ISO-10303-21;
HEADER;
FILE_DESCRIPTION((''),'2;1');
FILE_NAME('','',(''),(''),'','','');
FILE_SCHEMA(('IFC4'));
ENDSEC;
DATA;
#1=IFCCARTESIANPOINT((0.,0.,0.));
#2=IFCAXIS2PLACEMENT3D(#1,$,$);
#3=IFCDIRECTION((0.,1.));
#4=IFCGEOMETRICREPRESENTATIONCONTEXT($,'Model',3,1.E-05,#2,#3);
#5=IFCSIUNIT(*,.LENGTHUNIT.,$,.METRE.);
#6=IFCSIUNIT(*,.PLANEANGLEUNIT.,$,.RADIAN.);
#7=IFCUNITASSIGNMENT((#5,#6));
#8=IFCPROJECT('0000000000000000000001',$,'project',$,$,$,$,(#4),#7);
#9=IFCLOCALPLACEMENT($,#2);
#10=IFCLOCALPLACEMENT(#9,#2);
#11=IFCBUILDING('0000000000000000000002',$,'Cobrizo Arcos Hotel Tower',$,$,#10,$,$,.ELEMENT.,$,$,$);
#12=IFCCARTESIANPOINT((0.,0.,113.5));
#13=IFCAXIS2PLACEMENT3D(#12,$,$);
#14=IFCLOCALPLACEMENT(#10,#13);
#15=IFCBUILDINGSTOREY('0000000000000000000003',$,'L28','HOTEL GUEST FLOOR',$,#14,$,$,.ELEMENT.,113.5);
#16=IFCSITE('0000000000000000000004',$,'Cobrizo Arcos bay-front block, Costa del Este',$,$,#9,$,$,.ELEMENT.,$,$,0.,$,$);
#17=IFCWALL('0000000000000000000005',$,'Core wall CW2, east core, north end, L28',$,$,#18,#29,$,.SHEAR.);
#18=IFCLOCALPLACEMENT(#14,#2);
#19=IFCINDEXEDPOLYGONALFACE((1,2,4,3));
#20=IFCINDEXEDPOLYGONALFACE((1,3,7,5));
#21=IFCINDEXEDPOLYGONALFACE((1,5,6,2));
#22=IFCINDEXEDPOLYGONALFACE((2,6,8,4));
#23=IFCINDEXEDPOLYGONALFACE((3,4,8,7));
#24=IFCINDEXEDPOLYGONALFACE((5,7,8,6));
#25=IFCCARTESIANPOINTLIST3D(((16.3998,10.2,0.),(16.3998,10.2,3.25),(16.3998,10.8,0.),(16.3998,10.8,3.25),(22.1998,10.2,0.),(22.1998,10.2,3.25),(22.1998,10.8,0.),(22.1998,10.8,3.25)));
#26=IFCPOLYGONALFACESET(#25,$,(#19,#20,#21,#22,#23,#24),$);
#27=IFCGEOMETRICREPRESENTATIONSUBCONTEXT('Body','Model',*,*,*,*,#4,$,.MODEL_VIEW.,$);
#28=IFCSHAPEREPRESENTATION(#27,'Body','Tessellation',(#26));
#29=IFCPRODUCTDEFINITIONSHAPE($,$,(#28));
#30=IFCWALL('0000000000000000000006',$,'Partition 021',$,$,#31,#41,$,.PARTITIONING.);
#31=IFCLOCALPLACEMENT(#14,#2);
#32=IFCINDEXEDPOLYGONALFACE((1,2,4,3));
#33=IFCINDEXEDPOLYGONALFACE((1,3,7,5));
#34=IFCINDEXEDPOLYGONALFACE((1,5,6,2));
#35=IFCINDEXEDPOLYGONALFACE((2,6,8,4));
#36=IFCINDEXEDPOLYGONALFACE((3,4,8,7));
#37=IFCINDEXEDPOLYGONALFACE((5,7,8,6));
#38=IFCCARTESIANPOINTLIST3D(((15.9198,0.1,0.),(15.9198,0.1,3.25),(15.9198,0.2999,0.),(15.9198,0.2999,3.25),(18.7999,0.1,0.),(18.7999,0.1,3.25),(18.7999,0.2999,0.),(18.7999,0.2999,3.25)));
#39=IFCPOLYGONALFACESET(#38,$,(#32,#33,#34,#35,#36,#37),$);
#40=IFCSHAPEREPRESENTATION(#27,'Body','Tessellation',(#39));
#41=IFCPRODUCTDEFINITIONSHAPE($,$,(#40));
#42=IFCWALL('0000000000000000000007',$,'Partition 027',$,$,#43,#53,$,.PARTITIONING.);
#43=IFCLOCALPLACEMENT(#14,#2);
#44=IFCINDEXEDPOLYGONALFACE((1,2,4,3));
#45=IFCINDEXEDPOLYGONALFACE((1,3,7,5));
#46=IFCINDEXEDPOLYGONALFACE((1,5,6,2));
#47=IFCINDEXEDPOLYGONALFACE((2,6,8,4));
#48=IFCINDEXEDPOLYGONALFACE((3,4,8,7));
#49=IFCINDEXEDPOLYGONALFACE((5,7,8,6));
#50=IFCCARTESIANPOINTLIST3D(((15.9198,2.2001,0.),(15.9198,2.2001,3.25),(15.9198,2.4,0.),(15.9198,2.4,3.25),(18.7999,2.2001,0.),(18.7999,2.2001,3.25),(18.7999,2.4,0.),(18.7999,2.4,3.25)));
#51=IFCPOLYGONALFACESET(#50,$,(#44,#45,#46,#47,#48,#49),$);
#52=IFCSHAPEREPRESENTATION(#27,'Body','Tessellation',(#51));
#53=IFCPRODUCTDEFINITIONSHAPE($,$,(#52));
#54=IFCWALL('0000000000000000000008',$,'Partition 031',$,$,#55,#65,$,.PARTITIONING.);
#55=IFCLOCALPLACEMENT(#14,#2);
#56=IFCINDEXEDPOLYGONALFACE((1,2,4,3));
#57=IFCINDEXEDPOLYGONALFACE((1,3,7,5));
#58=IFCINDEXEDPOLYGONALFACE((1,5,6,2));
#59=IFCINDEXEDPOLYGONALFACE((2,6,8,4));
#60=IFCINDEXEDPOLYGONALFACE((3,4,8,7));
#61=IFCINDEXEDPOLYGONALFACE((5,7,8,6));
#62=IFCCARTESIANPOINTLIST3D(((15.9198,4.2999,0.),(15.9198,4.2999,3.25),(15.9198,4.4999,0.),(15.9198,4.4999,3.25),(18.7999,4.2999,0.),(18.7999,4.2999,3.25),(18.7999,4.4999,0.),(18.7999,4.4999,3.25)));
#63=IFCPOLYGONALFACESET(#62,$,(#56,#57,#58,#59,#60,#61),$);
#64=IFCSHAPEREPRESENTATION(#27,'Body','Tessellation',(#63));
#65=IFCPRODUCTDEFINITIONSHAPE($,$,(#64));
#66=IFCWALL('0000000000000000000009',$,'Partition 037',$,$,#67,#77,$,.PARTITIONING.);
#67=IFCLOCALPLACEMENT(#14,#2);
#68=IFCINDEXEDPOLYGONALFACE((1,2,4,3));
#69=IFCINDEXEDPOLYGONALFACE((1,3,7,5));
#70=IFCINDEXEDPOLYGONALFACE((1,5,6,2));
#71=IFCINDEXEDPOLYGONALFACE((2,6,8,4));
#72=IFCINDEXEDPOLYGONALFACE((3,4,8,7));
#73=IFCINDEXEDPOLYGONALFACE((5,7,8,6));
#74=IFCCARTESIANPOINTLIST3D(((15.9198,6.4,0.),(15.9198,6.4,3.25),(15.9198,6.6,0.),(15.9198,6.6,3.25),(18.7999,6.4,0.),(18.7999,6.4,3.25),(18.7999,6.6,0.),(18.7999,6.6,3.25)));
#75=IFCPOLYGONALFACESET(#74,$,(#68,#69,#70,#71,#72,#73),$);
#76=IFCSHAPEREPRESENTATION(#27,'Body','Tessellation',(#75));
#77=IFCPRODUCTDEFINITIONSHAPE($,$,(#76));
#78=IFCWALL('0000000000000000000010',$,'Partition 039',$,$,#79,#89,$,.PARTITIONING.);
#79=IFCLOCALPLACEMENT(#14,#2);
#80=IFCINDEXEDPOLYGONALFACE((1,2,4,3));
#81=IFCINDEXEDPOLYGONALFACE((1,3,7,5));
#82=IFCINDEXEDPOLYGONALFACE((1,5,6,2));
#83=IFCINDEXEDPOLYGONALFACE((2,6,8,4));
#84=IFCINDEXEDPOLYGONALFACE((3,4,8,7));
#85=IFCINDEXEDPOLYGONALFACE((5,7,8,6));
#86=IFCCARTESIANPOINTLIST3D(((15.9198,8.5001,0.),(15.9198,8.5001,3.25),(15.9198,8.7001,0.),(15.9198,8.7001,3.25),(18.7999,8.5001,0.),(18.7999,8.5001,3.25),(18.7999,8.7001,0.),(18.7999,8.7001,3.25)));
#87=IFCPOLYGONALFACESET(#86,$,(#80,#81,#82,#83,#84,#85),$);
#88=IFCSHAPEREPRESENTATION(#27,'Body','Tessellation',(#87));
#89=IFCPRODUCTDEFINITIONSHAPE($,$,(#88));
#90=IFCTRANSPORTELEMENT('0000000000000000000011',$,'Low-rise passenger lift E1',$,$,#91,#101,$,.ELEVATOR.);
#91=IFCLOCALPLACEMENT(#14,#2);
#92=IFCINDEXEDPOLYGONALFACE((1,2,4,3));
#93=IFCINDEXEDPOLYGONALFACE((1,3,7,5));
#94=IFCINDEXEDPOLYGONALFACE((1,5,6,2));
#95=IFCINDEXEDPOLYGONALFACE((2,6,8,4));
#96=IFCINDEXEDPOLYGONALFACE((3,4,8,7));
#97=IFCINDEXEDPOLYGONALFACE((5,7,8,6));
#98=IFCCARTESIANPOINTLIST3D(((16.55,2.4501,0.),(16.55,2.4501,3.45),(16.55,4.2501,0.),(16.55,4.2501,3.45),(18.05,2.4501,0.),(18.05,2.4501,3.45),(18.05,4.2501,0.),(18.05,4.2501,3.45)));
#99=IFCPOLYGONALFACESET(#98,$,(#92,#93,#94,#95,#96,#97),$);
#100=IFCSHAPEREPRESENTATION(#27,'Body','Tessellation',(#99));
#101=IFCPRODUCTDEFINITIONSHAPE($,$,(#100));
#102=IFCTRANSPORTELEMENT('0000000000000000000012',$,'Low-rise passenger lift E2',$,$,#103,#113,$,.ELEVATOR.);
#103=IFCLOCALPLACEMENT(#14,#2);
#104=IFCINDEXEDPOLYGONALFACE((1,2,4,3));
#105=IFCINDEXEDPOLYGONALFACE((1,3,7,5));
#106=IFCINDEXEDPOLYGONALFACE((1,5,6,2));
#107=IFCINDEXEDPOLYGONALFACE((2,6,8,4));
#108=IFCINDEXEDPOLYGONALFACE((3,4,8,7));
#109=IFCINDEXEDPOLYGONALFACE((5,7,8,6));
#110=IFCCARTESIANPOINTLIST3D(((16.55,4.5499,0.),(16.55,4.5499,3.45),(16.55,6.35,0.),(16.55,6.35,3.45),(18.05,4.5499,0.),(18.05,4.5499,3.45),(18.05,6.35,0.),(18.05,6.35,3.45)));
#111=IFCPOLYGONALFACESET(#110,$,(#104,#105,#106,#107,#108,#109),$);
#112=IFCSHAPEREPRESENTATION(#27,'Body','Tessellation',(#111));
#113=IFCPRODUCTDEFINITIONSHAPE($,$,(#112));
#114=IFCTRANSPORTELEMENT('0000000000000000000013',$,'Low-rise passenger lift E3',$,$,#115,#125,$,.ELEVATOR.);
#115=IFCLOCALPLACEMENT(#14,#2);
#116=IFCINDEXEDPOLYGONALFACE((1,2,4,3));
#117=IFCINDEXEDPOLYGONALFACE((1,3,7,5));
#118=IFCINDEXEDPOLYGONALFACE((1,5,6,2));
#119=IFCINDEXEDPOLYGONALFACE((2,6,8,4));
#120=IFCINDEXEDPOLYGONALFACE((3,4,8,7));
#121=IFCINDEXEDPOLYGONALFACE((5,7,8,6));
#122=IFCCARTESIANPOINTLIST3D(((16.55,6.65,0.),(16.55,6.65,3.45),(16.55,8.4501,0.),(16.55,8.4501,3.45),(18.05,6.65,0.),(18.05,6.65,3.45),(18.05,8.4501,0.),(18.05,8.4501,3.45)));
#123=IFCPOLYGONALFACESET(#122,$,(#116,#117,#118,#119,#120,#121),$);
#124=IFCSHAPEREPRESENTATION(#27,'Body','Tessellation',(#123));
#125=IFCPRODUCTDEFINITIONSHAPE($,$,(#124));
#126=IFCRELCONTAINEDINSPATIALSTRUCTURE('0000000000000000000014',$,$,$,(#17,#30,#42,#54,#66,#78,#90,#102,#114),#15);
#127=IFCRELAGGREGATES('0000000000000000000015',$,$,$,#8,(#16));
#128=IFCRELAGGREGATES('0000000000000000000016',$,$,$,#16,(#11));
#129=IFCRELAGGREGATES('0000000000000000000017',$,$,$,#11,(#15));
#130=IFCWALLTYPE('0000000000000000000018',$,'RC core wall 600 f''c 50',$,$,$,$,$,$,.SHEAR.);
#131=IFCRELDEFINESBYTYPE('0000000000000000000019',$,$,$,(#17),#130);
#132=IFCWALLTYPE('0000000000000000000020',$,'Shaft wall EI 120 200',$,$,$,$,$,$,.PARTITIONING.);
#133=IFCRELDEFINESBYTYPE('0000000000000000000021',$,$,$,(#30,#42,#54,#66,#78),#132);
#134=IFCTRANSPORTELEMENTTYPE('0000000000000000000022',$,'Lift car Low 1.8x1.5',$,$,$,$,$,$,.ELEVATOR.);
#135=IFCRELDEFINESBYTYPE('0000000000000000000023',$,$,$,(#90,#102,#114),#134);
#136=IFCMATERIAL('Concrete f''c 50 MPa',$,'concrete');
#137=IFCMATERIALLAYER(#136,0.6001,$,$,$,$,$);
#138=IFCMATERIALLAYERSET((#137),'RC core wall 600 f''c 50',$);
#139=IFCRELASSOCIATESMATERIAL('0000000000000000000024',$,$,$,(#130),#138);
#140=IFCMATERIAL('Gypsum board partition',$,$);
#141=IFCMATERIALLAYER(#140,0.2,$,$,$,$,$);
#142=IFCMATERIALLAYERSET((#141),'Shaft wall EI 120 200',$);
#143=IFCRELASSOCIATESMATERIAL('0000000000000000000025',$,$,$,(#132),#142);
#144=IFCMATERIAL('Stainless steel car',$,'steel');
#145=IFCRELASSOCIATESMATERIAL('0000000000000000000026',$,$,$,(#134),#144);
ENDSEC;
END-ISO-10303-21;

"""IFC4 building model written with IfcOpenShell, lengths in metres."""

from ifc_helpers import new_model, si_unit, direction, frame, frame_2d, origin, origin_2d, place, context, subcontext, project, spatial, rectangle, extrude, material, layer, layer_set, type_object, element, save


model = new_model("IFC4")

# Units and contexts
model_context = context("Model", 3, precision=1e-05, world=origin(), true_north=direction((0.0, 1.0)))
body_context = subcontext(model_context, "Body", "Model", "MODEL_VIEW")
ifc_project = project(units=[si_unit("LENGTHUNIT", "METRE"), si_unit("PLANEANGLEUNIT", "RADIAN")], contexts=[model_context])

# Site, building, storey
site_placement = place(None, origin())
site = spatial("IfcSite", under=ifc_project, at=site_placement, Name="Cobrizo Arcos bay-front block, Costa del Este", CompositionType="ELEMENT", RefElevation=0.0)
building_placement = place(site_placement, origin())
building = spatial("IfcBuilding", under=site, at=building_placement, Name="Cobrizo Arcos Hotel Tower", CompositionType="ELEMENT")
storey_placement = place(building_placement, frame((0.0, 0.0, 113.5)))
storey = spatial("IfcBuildingStorey", under=building, at=storey_placement, Name="L28", Description="HOTEL GUEST FLOOR", CompositionType="ELEMENT", Elevation=113.5)

# Shared definitions
ifc_material_1 = material(Name="Gypsum board partition")

# Walls
ifc_material_2 = material(Name="Concrete f'c 50 MPa", Category="concrete")
ifc_layer_1 = layer(ifc_material_2, 0.6001)
ifc_layer_set_1 = layer_set([ifc_layer_1], Name="RC core wall 600 f'c 50")
wall_type_1 = type_object("IfcWallType", Name="RC core wall 600 f'c 50", PredefinedType="SHEAR", material=ifc_layer_set_1)
wall_1_placement = place(storey_placement, frame((16.3999, 10.5, 0.0), z_axis=(0.0, 0.0, 1.0), x_axis=(1.0, 0.0, 0.0)))
element("IfcWall", 1, at=wall_1_placement, inside=storey, type_object=wall_type_1, Name="Core wall CW2, east core, north end, L28", PredefinedType="SHEAR", context=body_context, shape_type="SweptSolid", body=[
    extrude(rectangle(XDim=5.8, YDim=0.6001, at=frame_2d((2.8999, 0.0))), origin(), (0.0, 0.0, 1.0), 3.25),
])
ifc_layer_2 = layer(ifc_material_1, 0.2)
ifc_layer_set_2 = layer_set([ifc_layer_2], Name="Shaft wall EI 120 200")
wall_type_2 = type_object("IfcWallType", Name="Shaft wall EI 120 200", PredefinedType="PARTITIONING", material=ifc_layer_set_2)
for number, where, z_axis, x_axis, name in (
    (2, (15.9199, 0.2, 0.0), (0.0, 0.0, 1.0), (1.0, 0.0, 0.0), "Partition 021"),
    (3, (15.9199, 2.3, 0.0), (0.0, 0.0, 1.0), (1.0, 0.0, 0.0), "Partition 027"),
    (4, (15.9199, 4.3999, 0.0), (0.0, 0.0, 1.0), (1.0, 0.0, 0.0), "Partition 031"),
    (5, (15.9199, 6.5, 0.0), (0.0, 0.0, 1.0), (1.0, 0.0, 0.0), "Partition 037"),
    (6, (15.9199, 8.6001, 0.0), (0.0, 0.0, 1.0), (1.0, 0.0, 0.0), "Partition 039"),
):
    element("IfcWall", number, at=place(storey_placement, frame(where, z_axis=z_axis, x_axis=x_axis)), inside=storey, type_object=wall_type_2, Name=name, PredefinedType="PARTITIONING", context=body_context, shape_type="SweptSolid", body=[
        extrude(rectangle(XDim=2.8801, YDim=0.2, at=frame_2d((1.4399, 0.0))), origin(), (0.0, 0.0, 1.0), 3.25),
    ])

# Transport elements
ifc_material_3 = material(Name="Stainless steel car", Category="steel")
transport_element_type = type_object("IfcTransportElementType", Name="Lift car Low 1.8x1.5", PredefinedType="ELEVATOR", material=ifc_material_3)
for number, where, z_axis, x_axis, name in (
    (7, (17.3, 3.3501, 0.0), (0.0, 0.0, 1.0), (1.0, 0.0, 0.0), "Low-rise passenger lift E1"),
    (8, (17.3, 5.45, 0.0), (0.0, 0.0, 1.0), (1.0, 0.0, 0.0), "Low-rise passenger lift E2"),
    (9, (17.3, 7.55, 0.0), (0.0, 0.0, 1.0), (1.0, 0.0, 0.0), "Low-rise passenger lift E3"),
):
    element("IfcTransportElement", number, at=place(storey_placement, frame(where, z_axis=z_axis, x_axis=x_axis)), inside=storey, type_object=transport_element_type, Name=name, PredefinedType="ELEVATOR", context=body_context, shape_type="SweptSolid", body=[
        extrude(rectangle(XDim=1.5, YDim=1.8, at=origin_2d()), origin(), (0.0, 0.0, 1.0), 3.45),
    ])

save(model, "model.ifc")
